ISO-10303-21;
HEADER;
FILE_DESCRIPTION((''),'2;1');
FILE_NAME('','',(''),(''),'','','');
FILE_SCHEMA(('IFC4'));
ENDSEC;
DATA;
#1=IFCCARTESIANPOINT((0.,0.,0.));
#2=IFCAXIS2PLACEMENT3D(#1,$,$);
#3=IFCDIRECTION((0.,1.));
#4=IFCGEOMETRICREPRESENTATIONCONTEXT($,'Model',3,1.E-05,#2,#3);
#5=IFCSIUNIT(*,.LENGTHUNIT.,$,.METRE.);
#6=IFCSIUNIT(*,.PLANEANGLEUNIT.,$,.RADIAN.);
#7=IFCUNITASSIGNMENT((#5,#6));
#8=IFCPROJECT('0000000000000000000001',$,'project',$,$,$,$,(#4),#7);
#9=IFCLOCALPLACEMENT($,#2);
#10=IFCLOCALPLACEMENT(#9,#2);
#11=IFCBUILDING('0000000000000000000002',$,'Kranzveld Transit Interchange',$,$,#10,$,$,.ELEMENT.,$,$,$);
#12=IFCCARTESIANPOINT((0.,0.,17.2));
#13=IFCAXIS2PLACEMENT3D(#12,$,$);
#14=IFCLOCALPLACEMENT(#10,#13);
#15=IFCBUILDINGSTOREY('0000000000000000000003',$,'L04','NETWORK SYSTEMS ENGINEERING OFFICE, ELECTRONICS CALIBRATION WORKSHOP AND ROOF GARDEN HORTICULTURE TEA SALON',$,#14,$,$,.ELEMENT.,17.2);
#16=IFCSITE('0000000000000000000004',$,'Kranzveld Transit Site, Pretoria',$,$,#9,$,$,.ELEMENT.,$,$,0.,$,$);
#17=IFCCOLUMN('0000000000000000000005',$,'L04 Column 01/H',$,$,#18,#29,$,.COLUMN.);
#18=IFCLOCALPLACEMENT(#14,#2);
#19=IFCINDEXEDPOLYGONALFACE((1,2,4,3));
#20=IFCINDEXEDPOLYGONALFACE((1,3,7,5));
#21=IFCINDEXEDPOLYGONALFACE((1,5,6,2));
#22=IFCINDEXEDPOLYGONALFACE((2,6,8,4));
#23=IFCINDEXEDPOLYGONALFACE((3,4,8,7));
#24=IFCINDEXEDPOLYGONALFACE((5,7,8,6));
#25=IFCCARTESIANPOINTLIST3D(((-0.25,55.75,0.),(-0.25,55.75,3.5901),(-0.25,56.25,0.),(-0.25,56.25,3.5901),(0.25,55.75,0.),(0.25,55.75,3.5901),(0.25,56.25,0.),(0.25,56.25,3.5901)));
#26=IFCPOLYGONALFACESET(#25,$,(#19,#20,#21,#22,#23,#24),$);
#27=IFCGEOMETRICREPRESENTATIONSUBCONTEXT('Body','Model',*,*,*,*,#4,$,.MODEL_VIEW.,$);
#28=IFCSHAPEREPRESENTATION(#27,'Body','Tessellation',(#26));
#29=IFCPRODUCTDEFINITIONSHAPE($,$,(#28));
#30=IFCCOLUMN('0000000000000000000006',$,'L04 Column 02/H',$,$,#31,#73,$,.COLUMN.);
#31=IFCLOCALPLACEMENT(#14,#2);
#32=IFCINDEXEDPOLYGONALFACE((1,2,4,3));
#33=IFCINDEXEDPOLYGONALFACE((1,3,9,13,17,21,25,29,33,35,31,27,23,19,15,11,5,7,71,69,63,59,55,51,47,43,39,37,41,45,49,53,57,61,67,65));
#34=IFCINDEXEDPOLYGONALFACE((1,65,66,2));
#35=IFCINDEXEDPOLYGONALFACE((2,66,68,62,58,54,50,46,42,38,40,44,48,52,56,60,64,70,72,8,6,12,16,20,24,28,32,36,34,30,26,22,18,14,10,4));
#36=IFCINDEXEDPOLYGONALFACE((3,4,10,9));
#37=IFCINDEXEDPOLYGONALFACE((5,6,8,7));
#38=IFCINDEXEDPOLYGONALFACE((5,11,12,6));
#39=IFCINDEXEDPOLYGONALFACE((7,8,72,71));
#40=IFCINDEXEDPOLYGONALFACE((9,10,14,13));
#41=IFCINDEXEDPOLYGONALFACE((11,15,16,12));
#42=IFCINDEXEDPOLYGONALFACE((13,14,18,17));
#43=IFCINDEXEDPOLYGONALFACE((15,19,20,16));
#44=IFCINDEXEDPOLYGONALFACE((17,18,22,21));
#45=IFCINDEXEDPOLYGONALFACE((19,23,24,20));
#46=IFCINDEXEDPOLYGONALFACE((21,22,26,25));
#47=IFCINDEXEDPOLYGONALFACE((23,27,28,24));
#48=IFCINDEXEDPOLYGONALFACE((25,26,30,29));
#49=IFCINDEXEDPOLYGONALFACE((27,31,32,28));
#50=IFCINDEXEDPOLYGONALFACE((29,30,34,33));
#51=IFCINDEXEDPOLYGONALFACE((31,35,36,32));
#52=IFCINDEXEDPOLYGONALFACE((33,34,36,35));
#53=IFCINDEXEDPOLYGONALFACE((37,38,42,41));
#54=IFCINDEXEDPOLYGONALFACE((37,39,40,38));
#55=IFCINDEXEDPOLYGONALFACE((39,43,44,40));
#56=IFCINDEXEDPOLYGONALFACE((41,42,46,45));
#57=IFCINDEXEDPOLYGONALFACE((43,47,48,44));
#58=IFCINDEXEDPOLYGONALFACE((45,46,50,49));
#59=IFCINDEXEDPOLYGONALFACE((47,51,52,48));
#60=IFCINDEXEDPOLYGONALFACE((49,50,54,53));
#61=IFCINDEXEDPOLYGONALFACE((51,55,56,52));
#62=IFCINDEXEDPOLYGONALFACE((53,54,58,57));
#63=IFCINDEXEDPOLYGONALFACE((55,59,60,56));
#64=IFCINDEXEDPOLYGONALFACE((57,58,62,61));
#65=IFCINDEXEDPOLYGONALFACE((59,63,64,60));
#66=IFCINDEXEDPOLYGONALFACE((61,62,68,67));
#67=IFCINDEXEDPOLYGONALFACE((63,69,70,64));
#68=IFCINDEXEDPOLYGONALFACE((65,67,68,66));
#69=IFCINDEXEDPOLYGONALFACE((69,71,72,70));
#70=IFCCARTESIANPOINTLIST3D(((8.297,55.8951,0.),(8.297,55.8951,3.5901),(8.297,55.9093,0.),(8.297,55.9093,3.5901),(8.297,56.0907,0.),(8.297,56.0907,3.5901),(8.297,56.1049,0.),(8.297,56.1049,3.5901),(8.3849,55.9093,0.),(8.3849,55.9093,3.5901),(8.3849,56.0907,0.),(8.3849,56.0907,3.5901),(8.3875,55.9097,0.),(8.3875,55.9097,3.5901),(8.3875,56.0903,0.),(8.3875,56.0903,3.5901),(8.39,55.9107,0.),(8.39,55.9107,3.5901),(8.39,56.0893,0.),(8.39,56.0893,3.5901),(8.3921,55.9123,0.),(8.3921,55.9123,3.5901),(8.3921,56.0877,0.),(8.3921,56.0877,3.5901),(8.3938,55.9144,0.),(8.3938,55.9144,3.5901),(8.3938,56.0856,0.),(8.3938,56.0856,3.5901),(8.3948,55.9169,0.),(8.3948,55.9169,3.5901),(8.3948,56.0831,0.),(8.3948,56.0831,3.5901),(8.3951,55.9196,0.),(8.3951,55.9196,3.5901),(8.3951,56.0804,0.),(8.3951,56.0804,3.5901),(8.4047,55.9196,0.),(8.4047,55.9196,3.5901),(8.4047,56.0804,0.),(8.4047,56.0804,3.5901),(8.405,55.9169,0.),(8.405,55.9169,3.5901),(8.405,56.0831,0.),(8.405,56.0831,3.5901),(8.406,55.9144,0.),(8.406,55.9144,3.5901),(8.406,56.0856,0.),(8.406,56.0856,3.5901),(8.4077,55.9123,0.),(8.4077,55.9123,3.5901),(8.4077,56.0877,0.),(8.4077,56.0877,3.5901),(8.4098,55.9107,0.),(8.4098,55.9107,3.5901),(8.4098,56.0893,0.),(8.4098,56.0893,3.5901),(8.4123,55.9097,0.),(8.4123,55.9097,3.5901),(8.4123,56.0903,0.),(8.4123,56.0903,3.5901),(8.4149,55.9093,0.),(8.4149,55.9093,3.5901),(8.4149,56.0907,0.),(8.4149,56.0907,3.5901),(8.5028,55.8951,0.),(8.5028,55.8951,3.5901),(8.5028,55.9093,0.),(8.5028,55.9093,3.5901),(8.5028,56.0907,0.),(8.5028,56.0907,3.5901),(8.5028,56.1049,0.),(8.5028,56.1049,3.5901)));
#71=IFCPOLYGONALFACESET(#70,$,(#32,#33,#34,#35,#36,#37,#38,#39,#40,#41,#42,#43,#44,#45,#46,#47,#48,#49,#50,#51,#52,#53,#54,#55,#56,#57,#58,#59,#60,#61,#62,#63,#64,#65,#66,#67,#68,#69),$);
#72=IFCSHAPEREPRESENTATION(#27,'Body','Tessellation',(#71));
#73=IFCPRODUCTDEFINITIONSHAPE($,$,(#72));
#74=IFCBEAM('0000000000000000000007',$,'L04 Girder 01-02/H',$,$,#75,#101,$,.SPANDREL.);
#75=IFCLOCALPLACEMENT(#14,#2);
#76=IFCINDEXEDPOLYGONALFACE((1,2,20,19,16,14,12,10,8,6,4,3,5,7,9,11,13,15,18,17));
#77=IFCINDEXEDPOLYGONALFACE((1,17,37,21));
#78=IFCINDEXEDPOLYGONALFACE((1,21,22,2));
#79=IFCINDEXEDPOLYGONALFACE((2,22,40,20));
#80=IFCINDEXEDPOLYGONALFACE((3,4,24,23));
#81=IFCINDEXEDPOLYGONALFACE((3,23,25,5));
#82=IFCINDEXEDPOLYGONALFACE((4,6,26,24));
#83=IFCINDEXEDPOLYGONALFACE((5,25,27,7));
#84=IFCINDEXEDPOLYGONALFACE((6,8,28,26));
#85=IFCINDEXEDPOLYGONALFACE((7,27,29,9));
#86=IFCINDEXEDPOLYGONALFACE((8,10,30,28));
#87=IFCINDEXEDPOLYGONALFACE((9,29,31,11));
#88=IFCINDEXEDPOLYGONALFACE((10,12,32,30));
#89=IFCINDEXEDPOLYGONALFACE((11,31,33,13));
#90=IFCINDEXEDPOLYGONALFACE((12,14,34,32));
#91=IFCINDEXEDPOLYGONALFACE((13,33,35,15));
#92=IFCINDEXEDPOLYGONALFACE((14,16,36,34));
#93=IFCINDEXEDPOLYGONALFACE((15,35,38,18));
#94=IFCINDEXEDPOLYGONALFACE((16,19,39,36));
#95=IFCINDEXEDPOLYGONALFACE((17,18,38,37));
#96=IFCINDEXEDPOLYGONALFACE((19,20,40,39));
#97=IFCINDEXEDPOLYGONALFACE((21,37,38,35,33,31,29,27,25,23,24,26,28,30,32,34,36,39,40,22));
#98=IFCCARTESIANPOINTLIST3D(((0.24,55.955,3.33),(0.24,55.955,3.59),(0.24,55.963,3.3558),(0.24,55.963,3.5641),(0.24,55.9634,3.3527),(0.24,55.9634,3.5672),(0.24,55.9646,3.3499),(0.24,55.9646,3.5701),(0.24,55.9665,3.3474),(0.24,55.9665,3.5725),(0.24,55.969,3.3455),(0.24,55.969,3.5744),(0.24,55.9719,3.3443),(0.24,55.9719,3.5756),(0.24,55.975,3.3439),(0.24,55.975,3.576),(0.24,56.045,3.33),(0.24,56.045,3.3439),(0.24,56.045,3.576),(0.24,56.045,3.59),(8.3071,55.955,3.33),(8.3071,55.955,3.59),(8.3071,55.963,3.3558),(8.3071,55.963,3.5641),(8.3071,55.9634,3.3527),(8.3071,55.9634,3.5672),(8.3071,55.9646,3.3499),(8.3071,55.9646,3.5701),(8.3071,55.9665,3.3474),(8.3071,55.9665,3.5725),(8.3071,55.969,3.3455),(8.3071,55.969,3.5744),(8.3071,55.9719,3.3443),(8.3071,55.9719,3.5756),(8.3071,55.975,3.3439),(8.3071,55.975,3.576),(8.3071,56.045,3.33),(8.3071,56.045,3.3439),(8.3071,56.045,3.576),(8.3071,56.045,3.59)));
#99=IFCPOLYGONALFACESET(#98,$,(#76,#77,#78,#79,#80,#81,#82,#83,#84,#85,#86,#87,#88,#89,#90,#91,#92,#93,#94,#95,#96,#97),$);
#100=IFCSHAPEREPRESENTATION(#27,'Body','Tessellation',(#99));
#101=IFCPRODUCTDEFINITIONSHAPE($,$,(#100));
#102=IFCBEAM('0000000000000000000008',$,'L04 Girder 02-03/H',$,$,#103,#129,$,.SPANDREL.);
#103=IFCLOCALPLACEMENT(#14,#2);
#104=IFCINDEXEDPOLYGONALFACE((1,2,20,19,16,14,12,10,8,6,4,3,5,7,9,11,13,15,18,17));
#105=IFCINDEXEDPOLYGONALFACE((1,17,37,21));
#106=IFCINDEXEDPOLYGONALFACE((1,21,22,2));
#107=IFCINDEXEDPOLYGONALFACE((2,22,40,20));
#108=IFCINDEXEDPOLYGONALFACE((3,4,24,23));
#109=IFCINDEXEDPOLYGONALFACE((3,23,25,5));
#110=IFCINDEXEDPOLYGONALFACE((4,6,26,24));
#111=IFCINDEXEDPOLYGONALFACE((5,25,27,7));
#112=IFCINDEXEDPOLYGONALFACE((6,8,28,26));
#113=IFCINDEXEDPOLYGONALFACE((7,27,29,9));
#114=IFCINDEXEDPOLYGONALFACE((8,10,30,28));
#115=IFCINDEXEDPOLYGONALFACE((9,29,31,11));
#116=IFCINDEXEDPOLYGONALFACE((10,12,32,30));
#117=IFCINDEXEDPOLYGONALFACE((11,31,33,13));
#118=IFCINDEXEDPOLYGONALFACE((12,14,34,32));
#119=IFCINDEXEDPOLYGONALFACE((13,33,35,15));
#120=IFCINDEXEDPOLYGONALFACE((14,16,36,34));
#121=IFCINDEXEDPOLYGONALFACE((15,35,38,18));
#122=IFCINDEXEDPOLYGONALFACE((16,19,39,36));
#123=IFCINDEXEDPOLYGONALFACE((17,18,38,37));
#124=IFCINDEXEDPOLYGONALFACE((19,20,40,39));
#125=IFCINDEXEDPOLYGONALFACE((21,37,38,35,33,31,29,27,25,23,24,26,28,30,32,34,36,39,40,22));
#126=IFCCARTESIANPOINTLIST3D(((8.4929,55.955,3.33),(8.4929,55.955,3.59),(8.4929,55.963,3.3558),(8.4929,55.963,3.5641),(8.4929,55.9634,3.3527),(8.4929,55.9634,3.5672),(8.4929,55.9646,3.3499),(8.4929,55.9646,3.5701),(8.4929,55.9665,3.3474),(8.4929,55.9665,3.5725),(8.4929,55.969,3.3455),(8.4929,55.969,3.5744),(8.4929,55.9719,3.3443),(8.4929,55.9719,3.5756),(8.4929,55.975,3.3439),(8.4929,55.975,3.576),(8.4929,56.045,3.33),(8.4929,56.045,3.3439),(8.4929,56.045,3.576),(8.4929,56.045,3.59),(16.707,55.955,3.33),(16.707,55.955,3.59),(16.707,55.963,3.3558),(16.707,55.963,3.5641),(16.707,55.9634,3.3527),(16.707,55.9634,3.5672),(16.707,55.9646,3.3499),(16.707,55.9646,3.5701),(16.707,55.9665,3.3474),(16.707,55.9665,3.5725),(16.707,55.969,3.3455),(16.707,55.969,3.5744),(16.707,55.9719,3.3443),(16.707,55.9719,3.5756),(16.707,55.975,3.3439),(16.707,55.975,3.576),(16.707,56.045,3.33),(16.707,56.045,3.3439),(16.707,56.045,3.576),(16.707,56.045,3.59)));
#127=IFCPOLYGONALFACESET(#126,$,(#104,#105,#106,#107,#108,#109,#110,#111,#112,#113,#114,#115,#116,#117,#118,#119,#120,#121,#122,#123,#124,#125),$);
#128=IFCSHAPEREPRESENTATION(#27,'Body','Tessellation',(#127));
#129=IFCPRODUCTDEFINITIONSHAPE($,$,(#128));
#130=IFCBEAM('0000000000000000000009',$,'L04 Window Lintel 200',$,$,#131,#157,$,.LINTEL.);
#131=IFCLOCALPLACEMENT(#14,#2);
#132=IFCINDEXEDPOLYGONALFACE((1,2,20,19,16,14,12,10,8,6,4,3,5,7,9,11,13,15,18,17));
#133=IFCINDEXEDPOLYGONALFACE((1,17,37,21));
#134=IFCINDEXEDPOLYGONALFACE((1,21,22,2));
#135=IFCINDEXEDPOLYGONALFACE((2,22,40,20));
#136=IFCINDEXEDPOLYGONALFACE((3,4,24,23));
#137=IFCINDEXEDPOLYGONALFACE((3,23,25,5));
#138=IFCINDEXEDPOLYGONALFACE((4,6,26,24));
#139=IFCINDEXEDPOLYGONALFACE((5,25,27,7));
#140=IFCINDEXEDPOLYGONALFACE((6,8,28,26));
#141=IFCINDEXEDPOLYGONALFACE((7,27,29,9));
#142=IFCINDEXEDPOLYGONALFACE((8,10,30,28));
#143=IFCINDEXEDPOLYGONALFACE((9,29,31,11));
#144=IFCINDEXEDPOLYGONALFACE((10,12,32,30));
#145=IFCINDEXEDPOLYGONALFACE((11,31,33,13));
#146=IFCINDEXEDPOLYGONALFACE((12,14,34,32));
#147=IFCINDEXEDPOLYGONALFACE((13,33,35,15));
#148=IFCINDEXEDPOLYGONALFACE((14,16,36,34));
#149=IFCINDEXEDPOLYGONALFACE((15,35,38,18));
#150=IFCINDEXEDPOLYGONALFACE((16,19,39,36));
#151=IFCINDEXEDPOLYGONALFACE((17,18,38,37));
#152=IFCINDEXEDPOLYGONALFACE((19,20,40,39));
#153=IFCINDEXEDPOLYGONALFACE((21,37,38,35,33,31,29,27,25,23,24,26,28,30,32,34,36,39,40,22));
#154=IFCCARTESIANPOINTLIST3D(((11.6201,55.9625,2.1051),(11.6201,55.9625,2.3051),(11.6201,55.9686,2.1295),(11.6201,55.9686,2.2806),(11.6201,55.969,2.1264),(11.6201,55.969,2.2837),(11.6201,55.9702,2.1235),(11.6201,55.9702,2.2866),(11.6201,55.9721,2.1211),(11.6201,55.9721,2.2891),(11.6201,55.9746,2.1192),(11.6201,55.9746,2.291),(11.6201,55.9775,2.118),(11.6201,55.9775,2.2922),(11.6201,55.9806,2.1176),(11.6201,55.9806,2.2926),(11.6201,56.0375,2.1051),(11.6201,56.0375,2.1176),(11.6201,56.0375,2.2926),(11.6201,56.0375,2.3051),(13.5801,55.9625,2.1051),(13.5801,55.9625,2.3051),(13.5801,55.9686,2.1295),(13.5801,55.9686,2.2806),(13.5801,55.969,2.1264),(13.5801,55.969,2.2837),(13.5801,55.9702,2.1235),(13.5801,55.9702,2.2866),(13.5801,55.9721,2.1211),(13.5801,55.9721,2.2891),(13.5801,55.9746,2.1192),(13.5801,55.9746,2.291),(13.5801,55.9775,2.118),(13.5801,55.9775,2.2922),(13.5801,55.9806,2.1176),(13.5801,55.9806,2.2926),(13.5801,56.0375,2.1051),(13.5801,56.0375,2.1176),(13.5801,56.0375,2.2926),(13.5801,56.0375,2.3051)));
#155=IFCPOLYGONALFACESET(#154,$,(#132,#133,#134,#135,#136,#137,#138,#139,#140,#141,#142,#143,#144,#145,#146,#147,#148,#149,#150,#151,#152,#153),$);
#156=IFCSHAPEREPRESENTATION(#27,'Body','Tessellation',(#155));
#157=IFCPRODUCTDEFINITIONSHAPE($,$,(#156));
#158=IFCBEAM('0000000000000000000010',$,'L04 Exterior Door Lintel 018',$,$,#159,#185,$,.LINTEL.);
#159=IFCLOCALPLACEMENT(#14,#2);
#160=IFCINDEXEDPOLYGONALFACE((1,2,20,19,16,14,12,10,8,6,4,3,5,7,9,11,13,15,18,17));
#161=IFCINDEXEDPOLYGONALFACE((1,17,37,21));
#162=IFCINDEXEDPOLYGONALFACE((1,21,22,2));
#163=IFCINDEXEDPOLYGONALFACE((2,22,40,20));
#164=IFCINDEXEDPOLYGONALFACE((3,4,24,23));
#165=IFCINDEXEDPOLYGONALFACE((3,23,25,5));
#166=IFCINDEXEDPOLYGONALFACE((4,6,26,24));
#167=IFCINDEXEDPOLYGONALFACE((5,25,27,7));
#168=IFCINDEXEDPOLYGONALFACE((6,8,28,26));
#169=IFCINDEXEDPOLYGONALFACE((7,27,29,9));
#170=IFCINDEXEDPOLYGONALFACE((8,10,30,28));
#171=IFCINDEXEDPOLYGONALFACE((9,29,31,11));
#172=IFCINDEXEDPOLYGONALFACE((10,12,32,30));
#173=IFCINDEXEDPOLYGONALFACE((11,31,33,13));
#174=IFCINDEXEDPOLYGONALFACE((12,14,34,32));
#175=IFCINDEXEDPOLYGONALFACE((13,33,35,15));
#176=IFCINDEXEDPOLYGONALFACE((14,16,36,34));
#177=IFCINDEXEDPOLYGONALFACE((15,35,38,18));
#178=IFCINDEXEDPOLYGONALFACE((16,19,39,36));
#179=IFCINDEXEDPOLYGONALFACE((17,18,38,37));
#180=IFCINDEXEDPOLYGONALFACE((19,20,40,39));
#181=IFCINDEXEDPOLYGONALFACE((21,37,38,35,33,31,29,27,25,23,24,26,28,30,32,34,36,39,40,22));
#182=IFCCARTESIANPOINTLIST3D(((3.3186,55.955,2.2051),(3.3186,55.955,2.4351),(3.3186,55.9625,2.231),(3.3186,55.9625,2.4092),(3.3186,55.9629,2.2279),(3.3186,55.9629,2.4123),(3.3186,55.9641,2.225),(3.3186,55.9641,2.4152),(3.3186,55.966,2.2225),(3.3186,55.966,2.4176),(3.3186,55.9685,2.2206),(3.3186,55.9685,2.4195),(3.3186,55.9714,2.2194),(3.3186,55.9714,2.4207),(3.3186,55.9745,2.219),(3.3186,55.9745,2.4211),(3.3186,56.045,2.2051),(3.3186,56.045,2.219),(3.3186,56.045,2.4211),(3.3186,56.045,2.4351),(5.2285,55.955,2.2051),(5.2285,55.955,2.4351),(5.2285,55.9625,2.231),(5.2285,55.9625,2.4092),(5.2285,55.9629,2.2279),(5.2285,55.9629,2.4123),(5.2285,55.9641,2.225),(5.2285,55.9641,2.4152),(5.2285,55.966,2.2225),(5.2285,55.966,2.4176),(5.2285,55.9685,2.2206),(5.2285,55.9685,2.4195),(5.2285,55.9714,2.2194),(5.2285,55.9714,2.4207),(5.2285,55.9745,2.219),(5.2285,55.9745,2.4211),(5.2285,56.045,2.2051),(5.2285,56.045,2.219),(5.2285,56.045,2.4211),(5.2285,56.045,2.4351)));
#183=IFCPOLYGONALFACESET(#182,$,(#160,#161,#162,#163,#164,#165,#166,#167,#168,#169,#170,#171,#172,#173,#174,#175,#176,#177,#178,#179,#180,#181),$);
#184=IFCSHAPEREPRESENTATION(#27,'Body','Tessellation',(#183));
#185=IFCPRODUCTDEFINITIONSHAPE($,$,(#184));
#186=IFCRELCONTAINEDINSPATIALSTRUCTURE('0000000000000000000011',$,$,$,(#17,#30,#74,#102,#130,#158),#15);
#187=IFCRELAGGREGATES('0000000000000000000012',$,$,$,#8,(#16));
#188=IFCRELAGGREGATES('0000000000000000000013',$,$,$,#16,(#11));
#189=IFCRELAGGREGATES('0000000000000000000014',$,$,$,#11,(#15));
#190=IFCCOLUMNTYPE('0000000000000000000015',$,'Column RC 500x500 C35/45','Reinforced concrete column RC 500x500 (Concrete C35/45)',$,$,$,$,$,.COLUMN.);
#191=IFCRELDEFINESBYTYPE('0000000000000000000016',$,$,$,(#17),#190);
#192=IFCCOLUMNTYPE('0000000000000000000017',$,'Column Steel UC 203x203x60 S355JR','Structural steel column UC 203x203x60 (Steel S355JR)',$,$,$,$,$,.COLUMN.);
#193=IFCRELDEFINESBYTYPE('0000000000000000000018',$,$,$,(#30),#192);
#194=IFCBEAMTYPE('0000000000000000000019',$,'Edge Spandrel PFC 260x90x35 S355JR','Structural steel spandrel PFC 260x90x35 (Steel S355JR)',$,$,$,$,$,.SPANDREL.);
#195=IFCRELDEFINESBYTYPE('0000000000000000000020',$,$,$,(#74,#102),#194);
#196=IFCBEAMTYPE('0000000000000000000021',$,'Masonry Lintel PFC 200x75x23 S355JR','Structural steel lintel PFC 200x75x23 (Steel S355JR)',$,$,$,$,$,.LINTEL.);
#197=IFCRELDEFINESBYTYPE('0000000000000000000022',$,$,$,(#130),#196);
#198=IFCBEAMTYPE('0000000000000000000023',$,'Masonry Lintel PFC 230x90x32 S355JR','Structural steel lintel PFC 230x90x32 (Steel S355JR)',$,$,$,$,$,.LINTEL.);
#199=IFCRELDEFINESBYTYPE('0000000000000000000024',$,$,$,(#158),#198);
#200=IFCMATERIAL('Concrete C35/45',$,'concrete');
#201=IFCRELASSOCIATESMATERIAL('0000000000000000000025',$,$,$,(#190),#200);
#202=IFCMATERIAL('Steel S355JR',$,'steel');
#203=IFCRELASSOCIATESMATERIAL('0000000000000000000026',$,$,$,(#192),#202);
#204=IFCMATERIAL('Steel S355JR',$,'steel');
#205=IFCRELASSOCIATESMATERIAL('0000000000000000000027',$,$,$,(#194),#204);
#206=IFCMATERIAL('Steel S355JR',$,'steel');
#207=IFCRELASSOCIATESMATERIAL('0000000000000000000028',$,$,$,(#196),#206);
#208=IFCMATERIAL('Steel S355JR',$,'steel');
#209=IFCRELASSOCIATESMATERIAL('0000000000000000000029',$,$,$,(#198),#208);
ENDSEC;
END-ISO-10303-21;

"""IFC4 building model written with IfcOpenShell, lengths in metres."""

from ifc_helpers import new_model, si_unit, direction, frame, origin, origin_2d, place, context, subcontext, project, spatial, rectangle, i_section, u_section, extrude, material, material_profile, profile_set, type_object, element, save


model = new_model("IFC4")

# Units and contexts
model_context = context("Model", 3, precision=1e-05, world=origin(), true_north=direction((0.0, 1.0)))
body_context = subcontext(model_context, "Body", "Model", "MODEL_VIEW")
ifc_project = project(units=[si_unit("LENGTHUNIT", "METRE"), si_unit("PLANEANGLEUNIT", "RADIAN")], contexts=[model_context])

# Site, building, storey
site_placement = place(None, origin())
site = spatial("IfcSite", under=ifc_project, at=site_placement, Name="Kranzveld Transit Site, Pretoria", CompositionType="ELEMENT", RefElevation=0.0)
building_placement = place(site_placement, origin())
building = spatial("IfcBuilding", under=site, at=building_placement, Name="Kranzveld Transit Interchange", CompositionType="ELEMENT")
storey_placement = place(building_placement, frame((0.0, 0.0, 17.2)))
storey = spatial("IfcBuildingStorey", under=building, at=storey_placement, Name="L04", Description="NETWORK SYSTEMS ENGINEERING OFFICE, ELECTRONICS CALIBRATION WORKSHOP AND ROOF GARDEN HORTICULTURE TEA SALON", CompositionType="ELEMENT", Elevation=17.2)

# Columns
ifc_material_1 = material(Name="Concrete C35/45", Category="concrete")
ifc_material_profile_1 = material_profile(ifc_material_1, rectangle(XDim=0.5, YDim=0.5, at=origin_2d()), Name="RC 500x500")
ifc_profile_set_1 = profile_set([ifc_material_profile_1], Name="Concrete C35/45")
column_type_1 = type_object("IfcColumnType", Name="Column RC 500x500 C35/45", Description="Reinforced concrete column RC 500x500 (Concrete C35/45)", PredefinedType="COLUMN", material=ifc_profile_set_1)
column_1_placement = place(storey_placement, frame((0.0, 56.0, 0.0), z_axis=(0.0, 0.0, 1.0), x_axis=(1.0, 0.0, 0.0)))
element("IfcColumn", 1, at=column_1_placement, inside=storey, type_object=column_type_1, Name="L04 Column 01/H", PredefinedType="COLUMN", context=body_context, shape_type="SweptSolid", body=[
    extrude(rectangle(XDim=0.5, YDim=0.5, at=origin_2d()), origin(), (0.0, 0.0, 1.0), 3.5901),
])
ifc_material_2 = material(Name="Steel S355JR", Category="steel")
ifc_material_profile_2 = material_profile(ifc_material_2, i_section(OverallWidth=0.2058, OverallDepth=0.2097, WebThickness=0.0095, FlangeThickness=0.0142, FilletRadius=0.0103, at=origin_2d()), Name="UC 203x203x60")
ifc_profile_set_2 = profile_set([ifc_material_profile_2], Name="Steel S355JR")
column_type_2 = type_object("IfcColumnType", Name="Column Steel UC 203x203x60 S355JR", Description="Structural steel column UC 203x203x60 (Steel S355JR)", PredefinedType="COLUMN", material=ifc_profile_set_2)
column_2_placement = place(storey_placement, frame((8.3999, 56.0, 0.0), z_axis=(0.0, 0.0, 1.0), x_axis=(1.0, 0.0, 0.0)))
element("IfcColumn", 2, at=column_2_placement, inside=storey, type_object=column_type_2, Name="L04 Column 02/H", PredefinedType="COLUMN", context=body_context, shape_type="SweptSolid", body=[
    extrude(i_section(OverallWidth=0.2058, OverallDepth=0.2097, WebThickness=0.0095, FlangeThickness=0.0142, FilletRadius=0.0103, at=origin_2d()), origin(), (0.0, 0.0, 1.0), 3.5901),
])

# Beams
ifc_material_3 = material(Name="Steel S355JR", Category="steel")
ifc_material_profile_3 = material_profile(ifc_material_3, u_section(Depth=0.26, FlangeWidth=0.0901, WebThickness=0.0081, FlangeThickness=0.0139, FilletRadius=0.012, at=origin_2d()), Name="PFC 260x90x35")
ifc_profile_set_3 = profile_set([ifc_material_profile_3], Name="Steel S355JR")
beam_type_1 = type_object("IfcBeamType", Name="Edge Spandrel PFC 260x90x35 S355JR", Description="Structural steel spandrel PFC 260x90x35 (Steel S355JR)", PredefinedType="SPANDREL", material=ifc_profile_set_3)
beam_1_placement = place(storey_placement, frame((0.24, 56.0, 3.46), z_axis=(1.0, 0.0, 0.0), x_axis=(0.0, 1.0, 0.0)))
element("IfcBeam", 3, at=beam_1_placement, inside=storey, type_object=beam_type_1, Name="L04 Girder 01-02/H", PredefinedType="SPANDREL", context=body_context, shape_type="SweptSolid", body=[
    extrude(u_section(Depth=0.26, FlangeWidth=0.0901, WebThickness=0.0081, FlangeThickness=0.0139, FilletRadius=0.012, at=origin_2d()), origin(), (0.0, 0.0, 1.0), 8.0671),
])
beam_2_placement = place(storey_placement, frame((8.4929, 56.0, 3.46), z_axis=(1.0, 0.0, 0.0), x_axis=(0.0, 1.0, 0.0)))
element("IfcBeam", 4, at=beam_2_placement, inside=storey, type_object=beam_type_1, Name="L04 Girder 02-03/H", PredefinedType="SPANDREL", context=body_context, shape_type="SweptSolid", body=[
    extrude(u_section(Depth=0.26, FlangeWidth=0.0901, WebThickness=0.0081, FlangeThickness=0.0139, FilletRadius=0.012, at=origin_2d()), origin(), (0.0, 0.0, 1.0), 8.2141),
])
ifc_material_4 = material(Name="Steel S355JR", Category="steel")
ifc_material_profile_4 = material_profile(ifc_material_4, u_section(Depth=0.2, FlangeWidth=0.075, WebThickness=0.0061, FlangeThickness=0.0125, FilletRadius=0.012, at=origin_2d()), Name="PFC 200x75x23")
ifc_profile_set_4 = profile_set([ifc_material_profile_4], Name="Steel S355JR")
beam_type_2 = type_object("IfcBeamType", Name="Masonry Lintel PFC 200x75x23 S355JR", Description="Structural steel lintel PFC 200x75x23 (Steel S355JR)", PredefinedType="LINTEL", material=ifc_profile_set_4)
beam_3_placement = place(storey_placement, frame((11.6201, 56.0, 2.2051), z_axis=(1.0, 0.0, 0.0), x_axis=(0.0, 1.0, 0.0)))
element("IfcBeam", 5, at=beam_3_placement, inside=storey, type_object=beam_type_2, Name="L04 Window Lintel 200", PredefinedType="LINTEL", context=body_context, shape_type="SweptSolid", body=[
    extrude(u_section(Depth=0.2, FlangeWidth=0.075, WebThickness=0.0061, FlangeThickness=0.0125, FilletRadius=0.012, at=origin_2d()), origin(), (0.0, 0.0, 1.0), 1.96),
])
ifc_material_5 = material(Name="Steel S355JR", Category="steel")
ifc_material_profile_5 = material_profile(ifc_material_5, u_section(Depth=0.23, FlangeWidth=0.0901, WebThickness=0.0076, FlangeThickness=0.0139, FilletRadius=0.012, at=origin_2d()), Name="PFC 230x90x32")
ifc_profile_set_5 = profile_set([ifc_material_profile_5], Name="Steel S355JR")
beam_type_3 = type_object("IfcBeamType", Name="Masonry Lintel PFC 230x90x32 S355JR", Description="Structural steel lintel PFC 230x90x32 (Steel S355JR)", PredefinedType="LINTEL", material=ifc_profile_set_5)
beam_4_placement = place(storey_placement, frame((3.3186, 56.0, 2.3201), z_axis=(1.0, 0.0, 0.0), x_axis=(0.0, 1.0, 0.0)))
element("IfcBeam", 6, at=beam_4_placement, inside=storey, type_object=beam_type_3, Name="L04 Exterior Door Lintel 018", PredefinedType="LINTEL", context=body_context, shape_type="SweptSolid", body=[
    extrude(u_section(Depth=0.23, FlangeWidth=0.0901, WebThickness=0.0076, FlangeThickness=0.0139, FilletRadius=0.012, at=origin_2d()), origin(), (0.0, 0.0, 1.0), 1.9099),
])

save(model, "model.ifc")
